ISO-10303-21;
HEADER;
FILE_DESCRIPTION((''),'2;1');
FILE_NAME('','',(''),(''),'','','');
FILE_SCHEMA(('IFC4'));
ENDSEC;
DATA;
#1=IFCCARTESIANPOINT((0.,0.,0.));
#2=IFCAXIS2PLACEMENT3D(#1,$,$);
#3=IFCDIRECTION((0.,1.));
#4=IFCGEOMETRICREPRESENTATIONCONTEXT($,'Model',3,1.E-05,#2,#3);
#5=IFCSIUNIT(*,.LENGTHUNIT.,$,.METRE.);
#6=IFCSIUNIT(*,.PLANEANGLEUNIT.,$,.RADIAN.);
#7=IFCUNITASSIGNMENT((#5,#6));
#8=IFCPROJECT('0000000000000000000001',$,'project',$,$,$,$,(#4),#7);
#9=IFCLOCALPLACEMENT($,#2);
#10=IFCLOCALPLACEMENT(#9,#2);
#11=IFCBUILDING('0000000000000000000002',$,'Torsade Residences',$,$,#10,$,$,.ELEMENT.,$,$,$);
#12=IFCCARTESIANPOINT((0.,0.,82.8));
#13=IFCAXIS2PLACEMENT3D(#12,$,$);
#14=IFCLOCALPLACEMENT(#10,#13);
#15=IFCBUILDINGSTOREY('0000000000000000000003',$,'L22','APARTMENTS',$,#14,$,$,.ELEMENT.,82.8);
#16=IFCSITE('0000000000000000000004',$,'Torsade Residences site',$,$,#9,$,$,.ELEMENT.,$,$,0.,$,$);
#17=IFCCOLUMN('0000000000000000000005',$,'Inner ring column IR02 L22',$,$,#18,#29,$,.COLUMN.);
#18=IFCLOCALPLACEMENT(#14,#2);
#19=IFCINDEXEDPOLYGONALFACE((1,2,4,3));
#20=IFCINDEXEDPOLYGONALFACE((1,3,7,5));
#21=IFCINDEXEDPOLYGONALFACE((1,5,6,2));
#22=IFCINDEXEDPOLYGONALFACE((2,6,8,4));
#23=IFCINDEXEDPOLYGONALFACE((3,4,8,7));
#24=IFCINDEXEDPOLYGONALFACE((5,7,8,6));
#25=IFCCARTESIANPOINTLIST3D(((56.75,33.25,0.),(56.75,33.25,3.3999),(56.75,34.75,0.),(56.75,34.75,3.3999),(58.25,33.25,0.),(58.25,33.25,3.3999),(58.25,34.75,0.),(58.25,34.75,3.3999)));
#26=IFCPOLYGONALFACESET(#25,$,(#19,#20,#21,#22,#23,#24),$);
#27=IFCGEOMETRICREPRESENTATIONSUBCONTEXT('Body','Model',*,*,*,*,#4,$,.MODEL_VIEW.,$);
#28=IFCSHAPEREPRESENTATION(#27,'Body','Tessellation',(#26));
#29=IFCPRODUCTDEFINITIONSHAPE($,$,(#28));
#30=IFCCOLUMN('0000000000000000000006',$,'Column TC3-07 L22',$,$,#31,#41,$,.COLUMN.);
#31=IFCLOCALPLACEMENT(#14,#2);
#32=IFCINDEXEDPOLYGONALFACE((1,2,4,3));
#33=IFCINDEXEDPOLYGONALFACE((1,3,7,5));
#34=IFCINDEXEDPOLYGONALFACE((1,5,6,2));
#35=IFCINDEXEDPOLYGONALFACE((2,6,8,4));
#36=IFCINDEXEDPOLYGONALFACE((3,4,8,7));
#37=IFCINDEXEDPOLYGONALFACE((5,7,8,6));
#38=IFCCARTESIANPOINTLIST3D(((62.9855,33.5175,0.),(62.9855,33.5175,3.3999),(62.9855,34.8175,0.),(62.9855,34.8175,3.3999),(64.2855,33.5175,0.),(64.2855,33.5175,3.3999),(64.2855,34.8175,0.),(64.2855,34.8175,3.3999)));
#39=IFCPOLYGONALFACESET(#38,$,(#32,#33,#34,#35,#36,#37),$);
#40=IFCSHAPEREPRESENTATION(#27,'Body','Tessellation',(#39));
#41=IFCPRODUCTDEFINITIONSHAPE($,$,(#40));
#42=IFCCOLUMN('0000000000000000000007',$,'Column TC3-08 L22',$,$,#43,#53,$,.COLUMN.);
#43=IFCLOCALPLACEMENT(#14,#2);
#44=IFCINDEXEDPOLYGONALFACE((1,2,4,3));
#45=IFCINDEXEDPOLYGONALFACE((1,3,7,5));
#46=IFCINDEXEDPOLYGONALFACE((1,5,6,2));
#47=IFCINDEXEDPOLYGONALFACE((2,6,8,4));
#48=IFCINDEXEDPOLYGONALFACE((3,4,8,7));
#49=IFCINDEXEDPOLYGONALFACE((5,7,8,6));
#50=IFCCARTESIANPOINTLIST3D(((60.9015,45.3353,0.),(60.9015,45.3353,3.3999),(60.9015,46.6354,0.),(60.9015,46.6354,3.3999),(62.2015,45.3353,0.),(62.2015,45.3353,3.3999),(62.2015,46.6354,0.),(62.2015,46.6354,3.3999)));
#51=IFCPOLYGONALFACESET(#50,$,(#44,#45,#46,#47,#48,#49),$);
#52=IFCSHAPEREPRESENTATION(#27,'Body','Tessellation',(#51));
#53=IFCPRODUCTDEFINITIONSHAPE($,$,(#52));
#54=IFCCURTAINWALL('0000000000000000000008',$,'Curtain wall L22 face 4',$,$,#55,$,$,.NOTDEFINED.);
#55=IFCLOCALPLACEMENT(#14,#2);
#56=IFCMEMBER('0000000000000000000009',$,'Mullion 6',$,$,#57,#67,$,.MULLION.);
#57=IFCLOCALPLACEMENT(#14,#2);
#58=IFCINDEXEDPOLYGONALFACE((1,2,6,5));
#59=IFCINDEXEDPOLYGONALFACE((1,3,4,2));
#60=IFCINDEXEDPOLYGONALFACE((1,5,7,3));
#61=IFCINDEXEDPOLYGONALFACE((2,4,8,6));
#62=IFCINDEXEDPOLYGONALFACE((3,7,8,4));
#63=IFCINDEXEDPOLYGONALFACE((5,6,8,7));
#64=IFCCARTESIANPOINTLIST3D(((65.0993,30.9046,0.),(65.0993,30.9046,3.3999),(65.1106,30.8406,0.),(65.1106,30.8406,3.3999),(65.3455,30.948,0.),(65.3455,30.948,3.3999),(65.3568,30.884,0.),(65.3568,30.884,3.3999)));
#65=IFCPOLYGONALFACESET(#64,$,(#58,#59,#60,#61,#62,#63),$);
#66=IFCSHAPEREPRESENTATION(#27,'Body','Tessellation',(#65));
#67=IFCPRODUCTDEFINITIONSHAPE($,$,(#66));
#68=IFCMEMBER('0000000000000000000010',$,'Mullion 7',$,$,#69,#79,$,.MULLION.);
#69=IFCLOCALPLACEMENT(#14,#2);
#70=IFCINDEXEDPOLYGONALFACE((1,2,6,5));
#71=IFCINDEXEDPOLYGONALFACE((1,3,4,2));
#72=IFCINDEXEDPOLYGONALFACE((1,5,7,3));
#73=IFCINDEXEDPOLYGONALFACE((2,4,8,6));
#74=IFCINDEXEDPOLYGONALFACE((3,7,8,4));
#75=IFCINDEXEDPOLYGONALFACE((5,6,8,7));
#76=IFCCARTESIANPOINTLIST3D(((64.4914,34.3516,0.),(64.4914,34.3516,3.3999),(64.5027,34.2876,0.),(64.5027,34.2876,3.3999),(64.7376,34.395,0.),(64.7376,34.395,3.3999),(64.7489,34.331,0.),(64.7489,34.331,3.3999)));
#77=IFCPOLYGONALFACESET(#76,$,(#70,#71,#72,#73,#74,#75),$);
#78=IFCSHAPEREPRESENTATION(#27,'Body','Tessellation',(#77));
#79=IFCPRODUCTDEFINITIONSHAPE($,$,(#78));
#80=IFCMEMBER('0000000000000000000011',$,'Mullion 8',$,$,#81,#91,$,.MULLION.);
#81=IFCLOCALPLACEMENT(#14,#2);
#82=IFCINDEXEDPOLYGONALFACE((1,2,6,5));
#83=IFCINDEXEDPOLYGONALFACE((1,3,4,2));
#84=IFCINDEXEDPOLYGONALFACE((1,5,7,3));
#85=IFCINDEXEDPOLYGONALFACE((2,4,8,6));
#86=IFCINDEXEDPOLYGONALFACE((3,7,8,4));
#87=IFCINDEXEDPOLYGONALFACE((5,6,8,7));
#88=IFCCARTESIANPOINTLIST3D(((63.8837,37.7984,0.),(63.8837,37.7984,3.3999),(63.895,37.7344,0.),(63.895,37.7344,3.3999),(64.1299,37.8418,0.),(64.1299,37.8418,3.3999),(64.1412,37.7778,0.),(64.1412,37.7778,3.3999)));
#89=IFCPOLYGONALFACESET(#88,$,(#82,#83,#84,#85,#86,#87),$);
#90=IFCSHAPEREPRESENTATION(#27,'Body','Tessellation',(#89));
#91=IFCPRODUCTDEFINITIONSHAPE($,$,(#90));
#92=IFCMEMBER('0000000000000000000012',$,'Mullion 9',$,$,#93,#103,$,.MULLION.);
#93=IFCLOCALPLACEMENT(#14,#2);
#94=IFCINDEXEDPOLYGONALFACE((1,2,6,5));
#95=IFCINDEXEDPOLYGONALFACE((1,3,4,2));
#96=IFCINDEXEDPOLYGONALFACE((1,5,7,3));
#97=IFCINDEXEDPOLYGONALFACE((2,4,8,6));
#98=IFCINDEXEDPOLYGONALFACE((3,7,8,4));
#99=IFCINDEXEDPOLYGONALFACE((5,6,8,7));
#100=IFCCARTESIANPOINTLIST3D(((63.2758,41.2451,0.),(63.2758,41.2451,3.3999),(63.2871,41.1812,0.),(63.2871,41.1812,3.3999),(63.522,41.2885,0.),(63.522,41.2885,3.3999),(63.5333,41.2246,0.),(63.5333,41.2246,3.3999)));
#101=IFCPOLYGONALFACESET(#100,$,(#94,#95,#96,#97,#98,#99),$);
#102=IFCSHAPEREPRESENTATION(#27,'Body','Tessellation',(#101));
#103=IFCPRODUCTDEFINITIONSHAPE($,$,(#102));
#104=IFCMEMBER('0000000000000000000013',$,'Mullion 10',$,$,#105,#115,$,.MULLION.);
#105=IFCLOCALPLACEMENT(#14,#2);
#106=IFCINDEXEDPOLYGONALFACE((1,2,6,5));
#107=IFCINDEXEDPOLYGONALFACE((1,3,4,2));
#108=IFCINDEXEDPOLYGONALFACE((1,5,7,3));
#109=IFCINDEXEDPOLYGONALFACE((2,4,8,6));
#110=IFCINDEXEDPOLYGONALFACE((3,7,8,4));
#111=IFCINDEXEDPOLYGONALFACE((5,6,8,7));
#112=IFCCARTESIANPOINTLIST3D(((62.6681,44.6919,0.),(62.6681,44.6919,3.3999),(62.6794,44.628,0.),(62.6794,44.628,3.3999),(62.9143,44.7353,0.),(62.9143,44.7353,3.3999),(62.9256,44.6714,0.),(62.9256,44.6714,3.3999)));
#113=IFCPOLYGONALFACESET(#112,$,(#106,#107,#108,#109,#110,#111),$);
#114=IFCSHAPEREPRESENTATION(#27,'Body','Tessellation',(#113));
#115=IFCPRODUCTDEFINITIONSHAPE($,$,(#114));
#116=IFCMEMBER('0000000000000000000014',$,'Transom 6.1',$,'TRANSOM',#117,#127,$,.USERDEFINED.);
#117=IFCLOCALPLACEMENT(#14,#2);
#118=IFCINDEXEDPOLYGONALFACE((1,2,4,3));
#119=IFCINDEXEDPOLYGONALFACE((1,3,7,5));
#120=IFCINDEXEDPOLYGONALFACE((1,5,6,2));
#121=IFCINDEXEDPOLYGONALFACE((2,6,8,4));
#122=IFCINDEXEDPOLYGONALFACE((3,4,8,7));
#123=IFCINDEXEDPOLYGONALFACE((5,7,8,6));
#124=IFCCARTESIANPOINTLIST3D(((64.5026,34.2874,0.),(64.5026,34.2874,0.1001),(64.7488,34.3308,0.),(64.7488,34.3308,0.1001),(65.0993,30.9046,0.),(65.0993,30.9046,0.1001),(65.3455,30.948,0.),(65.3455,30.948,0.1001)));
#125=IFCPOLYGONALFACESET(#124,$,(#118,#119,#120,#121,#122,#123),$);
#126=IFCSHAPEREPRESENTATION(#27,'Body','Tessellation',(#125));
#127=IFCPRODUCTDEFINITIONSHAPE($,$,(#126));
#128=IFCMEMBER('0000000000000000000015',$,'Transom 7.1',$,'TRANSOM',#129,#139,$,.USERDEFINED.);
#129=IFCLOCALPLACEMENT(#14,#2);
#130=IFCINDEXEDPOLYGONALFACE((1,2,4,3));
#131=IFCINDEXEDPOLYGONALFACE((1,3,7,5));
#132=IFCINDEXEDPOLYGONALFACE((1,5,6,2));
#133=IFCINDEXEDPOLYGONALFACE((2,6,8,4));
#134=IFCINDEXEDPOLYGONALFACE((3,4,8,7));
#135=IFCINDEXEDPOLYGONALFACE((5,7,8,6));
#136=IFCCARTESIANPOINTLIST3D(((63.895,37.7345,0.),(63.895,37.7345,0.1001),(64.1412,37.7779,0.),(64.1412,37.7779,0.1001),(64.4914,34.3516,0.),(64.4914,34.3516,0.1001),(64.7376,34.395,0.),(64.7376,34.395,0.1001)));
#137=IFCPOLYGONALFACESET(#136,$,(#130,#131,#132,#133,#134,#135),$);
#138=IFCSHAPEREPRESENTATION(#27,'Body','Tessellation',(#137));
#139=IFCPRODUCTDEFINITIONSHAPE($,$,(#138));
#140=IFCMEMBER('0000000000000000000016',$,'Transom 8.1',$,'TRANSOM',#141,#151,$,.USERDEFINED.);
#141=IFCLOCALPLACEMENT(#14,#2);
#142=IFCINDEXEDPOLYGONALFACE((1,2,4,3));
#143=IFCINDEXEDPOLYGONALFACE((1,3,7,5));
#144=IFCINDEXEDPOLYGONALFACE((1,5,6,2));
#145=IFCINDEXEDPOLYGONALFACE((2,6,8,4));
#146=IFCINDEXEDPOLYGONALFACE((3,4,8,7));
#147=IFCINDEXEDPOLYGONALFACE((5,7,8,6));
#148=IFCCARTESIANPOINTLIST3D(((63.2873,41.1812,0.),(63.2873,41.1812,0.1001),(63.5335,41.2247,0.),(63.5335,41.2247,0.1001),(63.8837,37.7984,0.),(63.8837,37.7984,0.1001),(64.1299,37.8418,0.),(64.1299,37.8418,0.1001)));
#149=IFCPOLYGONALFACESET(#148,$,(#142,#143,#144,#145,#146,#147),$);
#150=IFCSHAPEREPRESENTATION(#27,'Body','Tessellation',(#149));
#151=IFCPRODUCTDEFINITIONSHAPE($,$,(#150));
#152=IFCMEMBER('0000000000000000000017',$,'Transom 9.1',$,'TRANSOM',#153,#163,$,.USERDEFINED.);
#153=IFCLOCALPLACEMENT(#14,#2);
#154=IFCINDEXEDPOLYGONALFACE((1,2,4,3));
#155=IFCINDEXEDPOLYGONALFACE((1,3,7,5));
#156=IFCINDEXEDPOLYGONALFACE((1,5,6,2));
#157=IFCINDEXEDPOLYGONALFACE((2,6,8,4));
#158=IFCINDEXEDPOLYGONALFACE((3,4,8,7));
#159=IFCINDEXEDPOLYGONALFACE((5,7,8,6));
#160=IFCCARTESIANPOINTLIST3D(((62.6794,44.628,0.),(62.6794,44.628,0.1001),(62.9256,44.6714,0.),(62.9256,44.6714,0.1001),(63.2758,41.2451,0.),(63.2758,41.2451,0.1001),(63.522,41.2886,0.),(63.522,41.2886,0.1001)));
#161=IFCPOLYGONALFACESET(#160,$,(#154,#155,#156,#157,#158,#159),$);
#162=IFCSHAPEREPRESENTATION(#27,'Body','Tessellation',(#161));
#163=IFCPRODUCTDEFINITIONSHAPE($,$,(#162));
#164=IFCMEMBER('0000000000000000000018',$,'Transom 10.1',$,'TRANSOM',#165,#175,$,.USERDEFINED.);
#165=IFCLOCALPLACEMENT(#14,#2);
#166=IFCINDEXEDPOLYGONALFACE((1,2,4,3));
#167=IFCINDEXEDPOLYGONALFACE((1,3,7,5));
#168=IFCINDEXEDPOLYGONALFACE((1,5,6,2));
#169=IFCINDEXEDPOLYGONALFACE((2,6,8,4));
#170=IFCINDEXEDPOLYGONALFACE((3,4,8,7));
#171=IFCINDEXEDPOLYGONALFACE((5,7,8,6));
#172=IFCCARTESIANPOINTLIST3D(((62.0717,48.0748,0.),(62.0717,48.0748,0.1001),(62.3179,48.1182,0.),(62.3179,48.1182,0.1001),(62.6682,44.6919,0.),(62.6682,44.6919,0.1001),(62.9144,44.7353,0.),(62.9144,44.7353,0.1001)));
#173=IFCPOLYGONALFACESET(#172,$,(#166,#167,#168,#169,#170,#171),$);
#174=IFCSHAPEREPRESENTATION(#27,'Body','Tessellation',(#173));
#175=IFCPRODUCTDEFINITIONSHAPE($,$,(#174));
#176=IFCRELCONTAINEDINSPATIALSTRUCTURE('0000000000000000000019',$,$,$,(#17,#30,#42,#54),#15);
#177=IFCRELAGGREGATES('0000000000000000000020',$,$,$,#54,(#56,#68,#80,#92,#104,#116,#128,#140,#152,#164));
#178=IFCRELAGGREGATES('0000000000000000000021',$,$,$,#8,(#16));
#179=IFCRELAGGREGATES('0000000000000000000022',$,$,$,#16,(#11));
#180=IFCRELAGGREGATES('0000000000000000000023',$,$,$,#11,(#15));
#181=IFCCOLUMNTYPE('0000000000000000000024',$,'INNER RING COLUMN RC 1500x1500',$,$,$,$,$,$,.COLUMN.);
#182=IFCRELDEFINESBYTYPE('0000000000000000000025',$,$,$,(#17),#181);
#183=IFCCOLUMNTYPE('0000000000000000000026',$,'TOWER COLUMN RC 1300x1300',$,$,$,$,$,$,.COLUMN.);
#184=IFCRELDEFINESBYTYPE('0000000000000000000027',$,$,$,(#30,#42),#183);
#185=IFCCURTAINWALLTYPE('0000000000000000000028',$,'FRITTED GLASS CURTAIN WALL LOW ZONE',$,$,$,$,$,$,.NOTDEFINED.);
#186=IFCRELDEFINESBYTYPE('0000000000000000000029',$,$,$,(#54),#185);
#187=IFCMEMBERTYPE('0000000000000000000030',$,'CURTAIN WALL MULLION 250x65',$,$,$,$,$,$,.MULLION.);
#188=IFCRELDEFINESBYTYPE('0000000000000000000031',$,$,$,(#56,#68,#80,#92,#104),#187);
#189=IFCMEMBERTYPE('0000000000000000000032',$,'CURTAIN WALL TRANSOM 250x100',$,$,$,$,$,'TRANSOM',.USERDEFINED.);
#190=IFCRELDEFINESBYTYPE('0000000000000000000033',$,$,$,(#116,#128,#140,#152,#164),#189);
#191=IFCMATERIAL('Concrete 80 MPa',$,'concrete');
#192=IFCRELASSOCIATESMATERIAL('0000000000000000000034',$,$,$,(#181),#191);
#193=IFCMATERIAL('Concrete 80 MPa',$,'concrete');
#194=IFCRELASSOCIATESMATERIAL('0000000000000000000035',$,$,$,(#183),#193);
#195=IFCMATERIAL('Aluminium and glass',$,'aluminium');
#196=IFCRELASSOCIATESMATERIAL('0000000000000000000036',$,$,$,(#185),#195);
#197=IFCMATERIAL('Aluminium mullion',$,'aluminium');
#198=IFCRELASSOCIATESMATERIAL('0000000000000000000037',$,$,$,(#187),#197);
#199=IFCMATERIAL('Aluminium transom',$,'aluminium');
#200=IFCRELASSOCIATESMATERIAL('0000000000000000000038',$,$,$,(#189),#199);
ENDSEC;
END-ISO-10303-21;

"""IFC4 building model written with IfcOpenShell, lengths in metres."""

from ifc_helpers import new_model, si_unit, direction, frame, origin, origin_2d, place, context, subcontext, project, spatial, rectangle, extrude, material, material_profile, profile_set, type_object, element, aggregate, save


model = new_model("IFC4")

# Units and contexts
model_context = context("Model", 3, precision=1e-05, world=origin(), true_north=direction((0.0, 1.0)))
body_context = subcontext(model_context, "Body", "Model", "MODEL_VIEW")
ifc_project = project(units=[si_unit("LENGTHUNIT", "METRE"), si_unit("PLANEANGLEUNIT", "RADIAN")], contexts=[model_context])

# Site, building, storey
site_placement = place(None, origin())
site = spatial("IfcSite", under=ifc_project, at=site_placement, Name="Torsade Residences site", CompositionType="ELEMENT", RefElevation=0.0)
building_placement = place(site_placement, origin())
building = spatial("IfcBuilding", under=site, at=building_placement, Name="Torsade Residences", CompositionType="ELEMENT")
storey_placement = place(building_placement, frame((0.0, 0.0, 82.8)))
storey = spatial("IfcBuildingStorey", under=building, at=storey_placement, Name="L22", Description="APARTMENTS", CompositionType="ELEMENT", Elevation=82.8)

# Columns
ifc_material_1 = material(Name="Concrete 80 MPa", Category="concrete")
ifc_material_profile_1 = material_profile(ifc_material_1, rectangle(XDim=1.5, YDim=1.5, at=origin_2d()), Name="RC 1500x1500")
ifc_profile_set_1 = profile_set([ifc_material_profile_1], Name="Concrete 80 MPa")
column_type_1 = type_object("IfcColumnType", Name="INNER RING COLUMN RC 1500x1500", PredefinedType="COLUMN", material=ifc_profile_set_1)
column_placement = place(storey_placement, frame((57.5, 34.0, 0.0), z_axis=(0.0, 0.0, 1.0), x_axis=(1.0, 0.0, 0.0)))
element("IfcColumn", 1, at=column_placement, inside=storey, type_object=column_type_1, Name="Inner ring column IR02 L22", PredefinedType="COLUMN", context=body_context, shape_type="SweptSolid", body=[
    extrude(rectangle(XDim=1.5, YDim=1.5, at=origin_2d()), origin(), (0.0, 0.0, 1.0), 3.3999),
])
ifc_material_2 = material(Name="Concrete 80 MPa", Category="concrete")
ifc_material_profile_2 = material_profile(ifc_material_2, rectangle(XDim=1.3, YDim=1.3, at=origin_2d()), Name="RC 1300x1300")
ifc_profile_set_2 = profile_set([ifc_material_profile_2], Name="Concrete 80 MPa")
column_type_2 = type_object("IfcColumnType", Name="TOWER COLUMN RC 1300x1300", PredefinedType="COLUMN", material=ifc_profile_set_2)
for number, where, z_axis, x_axis, name in (
    (2, (63.6355, 34.1675, 0.0), (0.0, 0.0, 1.0), (1.0, 0.0, 0.0), "Column TC3-07 L22"),
    (3, (61.5515, 45.9854, 0.0), (0.0, 0.0, 1.0), (1.0, 0.0, 0.0), "Column TC3-08 L22"),
):
    element("IfcColumn", number, at=place(storey_placement, frame(where, z_axis=z_axis, x_axis=x_axis)), inside=storey, type_object=column_type_2, Name=name, PredefinedType="COLUMN", context=body_context, shape_type="SweptSolid", body=[
        extrude(rectangle(XDim=1.3, YDim=1.3, at=origin_2d()), origin(), (0.0, 0.0, 1.0), 3.3999),
    ])

# Curtain wall, members
ifc_material_3 = material(Name="Aluminium and glass", Category="aluminium")
curtain_wall_type = type_object("IfcCurtainWallType", Name="FRITTED GLASS CURTAIN WALL LOW ZONE", PredefinedType="NOTDEFINED", material=ifc_material_3)
curtain_wall_placement = place(storey_placement, origin())
curtain_wall = element("IfcCurtainWall", 4, at=curtain_wall_placement, inside=storey, type_object=curtain_wall_type, Name="Curtain wall L22 face 4", PredefinedType="NOTDEFINED")
ifc_material_4 = material(Name="Aluminium mullion", Category="aluminium")
ifc_material_profile_3 = material_profile(ifc_material_4, rectangle(XDim=0.25, YDim=0.0649, at=origin_2d()), Name="CURTAIN WALL MULLION 250x65")
ifc_profile_set_3 = profile_set([ifc_material_profile_3], Name="Aluminium mullion")
member_type_1 = type_object("IfcMemberType", Name="CURTAIN WALL MULLION 250x65", PredefinedType="MULLION", material=ifc_profile_set_3)
member_1_placement = place(storey_placement, frame((65.228, 30.8943, 0.0), z_axis=(0.0, 0.0, 1.0), x_axis=(-0.984808, -0.173648, 0.0)))
member_1 = element("IfcMember", 5, at=member_1_placement, type_object=member_type_1, Name="Mullion 6", PredefinedType="MULLION", context=body_context, shape_type="SweptSolid", body=[
    extrude(rectangle(XDim=0.25, YDim=0.0649, at=origin_2d()), origin(), (0.0, 0.0, 1.0), 3.3999),
])
member_2_placement = place(storey_placement, frame((64.6201, 34.3413, 0.0), z_axis=(0.0, 0.0, 1.0), x_axis=(-0.984808, -0.173648, 0.0)))
member_2 = element("IfcMember", 6, at=member_2_placement, type_object=member_type_1, Name="Mullion 7", PredefinedType="MULLION", context=body_context, shape_type="SweptSolid", body=[
    extrude(rectangle(XDim=0.25, YDim=0.0649, at=origin_2d()), origin(), (0.0, 0.0, 1.0), 3.3999),
])
member_3_placement = place(storey_placement, frame((64.0125, 37.7881, 0.0), z_axis=(0.0, 0.0, 1.0), x_axis=(-0.984808, -0.173648, 0.0)))
member_3 = element("IfcMember", 7, at=member_3_placement, type_object=member_type_1, Name="Mullion 8", PredefinedType="MULLION", context=body_context, shape_type="SweptSolid", body=[
    extrude(rectangle(XDim=0.25, YDim=0.0649, at=origin_2d()), origin(), (0.0, 0.0, 1.0), 3.3999),
])
member_4_placement = place(storey_placement, frame((63.4045, 41.2349, 0.0), z_axis=(0.0, 0.0, 1.0), x_axis=(-0.984808, -0.173648, 0.0)))
member_4 = element("IfcMember", 8, at=member_4_placement, type_object=member_type_1, Name="Mullion 9", PredefinedType="MULLION", context=body_context, shape_type="SweptSolid", body=[
    extrude(rectangle(XDim=0.25, YDim=0.0649, at=origin_2d()), origin(), (0.0, 0.0, 1.0), 3.3999),
])
member_5_placement = place(storey_placement, frame((62.7969, 44.6816, 0.0), z_axis=(0.0, 0.0, 1.0), x_axis=(-0.984808, -0.173648, 0.0)))
member_5 = element("IfcMember", 9, at=member_5_placement, type_object=member_type_1, Name="Mullion 10", PredefinedType="MULLION", context=body_context, shape_type="SweptSolid", body=[
    extrude(rectangle(XDim=0.25, YDim=0.0649, at=origin_2d()), origin(), (0.0, 0.0, 1.0), 3.3999),
])
ifc_material_5 = material(Name="Aluminium transom", Category="aluminium")
ifc_material_profile_4 = material_profile(ifc_material_5, rectangle(XDim=0.25, YDim=0.1001, at=origin_2d()), Name="CURTAIN WALL TRANSOM 250x100")
ifc_profile_set_4 = profile_set([ifc_material_profile_4], Name="Aluminium transom")
member_type_2 = type_object("IfcMemberType", Name="CURTAIN WALL TRANSOM 250x100", ElementType="TRANSOM", PredefinedType="USERDEFINED", material=ifc_profile_set_4)
member_6_placement = place(storey_placement, frame((65.2224, 30.9263, 0.05), z_axis=(-0.173704, 0.984798, 0.0), x_axis=(-0.984798, -0.173704, 0.0)))
member_6 = element("IfcMember", 10, at=member_6_placement, type_object=member_type_2, Name="Transom 6.1", ObjectType="TRANSOM", PredefinedType="USERDEFINED", context=body_context, shape_type="SweptSolid", body=[
    extrude(rectangle(XDim=0.25, YDim=0.1001, at=origin_2d()), origin(), (0.0, 0.0, 1.0), 3.4351),
])
member_7_placement = place(storey_placement, frame((64.6145, 34.3733, 0.05), z_axis=(-0.173635, 0.98481, 0.0), x_axis=(-0.98481, -0.173635, 0.0)))
member_7 = element("IfcMember", 11, at=member_7_placement, type_object=member_type_2, Name="Transom 7.1", ObjectType="TRANSOM", PredefinedType="USERDEFINED", context=body_context, shape_type="SweptSolid", body=[
    extrude(rectangle(XDim=0.25, YDim=0.1001, at=origin_2d()), origin(), (0.0, 0.0, 1.0), 3.4351),
])
member_8_placement = place(storey_placement, frame((64.0068, 37.8201, 0.05), z_axis=(-0.173635, 0.98481, 0.0), x_axis=(-0.98481, -0.173635, 0.0)))
member_8 = element("IfcMember", 12, at=member_8_placement, type_object=member_type_2, Name="Transom 8.1", ObjectType="TRANSOM", PredefinedType="USERDEFINED", context=body_context, shape_type="SweptSolid", body=[
    extrude(rectangle(XDim=0.25, YDim=0.1001, at=origin_2d()), origin(), (0.0, 0.0, 1.0), 3.4351),
])
member_9_placement = place(storey_placement, frame((63.3989, 41.2668, 0.05), z_axis=(-0.173635, 0.98481, 0.0), x_axis=(-0.98481, -0.173635, 0.0)))
member_9 = element("IfcMember", 13, at=member_9_placement, type_object=member_type_2, Name="Transom 9.1", ObjectType="TRANSOM", PredefinedType="USERDEFINED", context=body_context, shape_type="SweptSolid", body=[
    extrude(rectangle(XDim=0.25, YDim=0.1001, at=origin_2d()), origin(), (0.0, 0.0, 1.0), 3.4351),
])
member_10_placement = place(storey_placement, frame((62.7913, 44.7136, 0.05), z_axis=(-0.173635, 0.98481, 0.0), x_axis=(-0.98481, -0.173635, 0.0)))
member_10 = element("IfcMember", 14, at=member_10_placement, type_object=member_type_2, Name="Transom 10.1", ObjectType="TRANSOM", PredefinedType="USERDEFINED", context=body_context, shape_type="SweptSolid", body=[
    extrude(rectangle(XDim=0.25, YDim=0.1001, at=origin_2d()), origin(), (0.0, 0.0, 1.0), 3.4351),
])

aggregate(curtain_wall, [member_1, member_2, member_3, member_4, member_5, member_6, member_7, member_8, member_9, member_10])

save(model, "model.ifc")
